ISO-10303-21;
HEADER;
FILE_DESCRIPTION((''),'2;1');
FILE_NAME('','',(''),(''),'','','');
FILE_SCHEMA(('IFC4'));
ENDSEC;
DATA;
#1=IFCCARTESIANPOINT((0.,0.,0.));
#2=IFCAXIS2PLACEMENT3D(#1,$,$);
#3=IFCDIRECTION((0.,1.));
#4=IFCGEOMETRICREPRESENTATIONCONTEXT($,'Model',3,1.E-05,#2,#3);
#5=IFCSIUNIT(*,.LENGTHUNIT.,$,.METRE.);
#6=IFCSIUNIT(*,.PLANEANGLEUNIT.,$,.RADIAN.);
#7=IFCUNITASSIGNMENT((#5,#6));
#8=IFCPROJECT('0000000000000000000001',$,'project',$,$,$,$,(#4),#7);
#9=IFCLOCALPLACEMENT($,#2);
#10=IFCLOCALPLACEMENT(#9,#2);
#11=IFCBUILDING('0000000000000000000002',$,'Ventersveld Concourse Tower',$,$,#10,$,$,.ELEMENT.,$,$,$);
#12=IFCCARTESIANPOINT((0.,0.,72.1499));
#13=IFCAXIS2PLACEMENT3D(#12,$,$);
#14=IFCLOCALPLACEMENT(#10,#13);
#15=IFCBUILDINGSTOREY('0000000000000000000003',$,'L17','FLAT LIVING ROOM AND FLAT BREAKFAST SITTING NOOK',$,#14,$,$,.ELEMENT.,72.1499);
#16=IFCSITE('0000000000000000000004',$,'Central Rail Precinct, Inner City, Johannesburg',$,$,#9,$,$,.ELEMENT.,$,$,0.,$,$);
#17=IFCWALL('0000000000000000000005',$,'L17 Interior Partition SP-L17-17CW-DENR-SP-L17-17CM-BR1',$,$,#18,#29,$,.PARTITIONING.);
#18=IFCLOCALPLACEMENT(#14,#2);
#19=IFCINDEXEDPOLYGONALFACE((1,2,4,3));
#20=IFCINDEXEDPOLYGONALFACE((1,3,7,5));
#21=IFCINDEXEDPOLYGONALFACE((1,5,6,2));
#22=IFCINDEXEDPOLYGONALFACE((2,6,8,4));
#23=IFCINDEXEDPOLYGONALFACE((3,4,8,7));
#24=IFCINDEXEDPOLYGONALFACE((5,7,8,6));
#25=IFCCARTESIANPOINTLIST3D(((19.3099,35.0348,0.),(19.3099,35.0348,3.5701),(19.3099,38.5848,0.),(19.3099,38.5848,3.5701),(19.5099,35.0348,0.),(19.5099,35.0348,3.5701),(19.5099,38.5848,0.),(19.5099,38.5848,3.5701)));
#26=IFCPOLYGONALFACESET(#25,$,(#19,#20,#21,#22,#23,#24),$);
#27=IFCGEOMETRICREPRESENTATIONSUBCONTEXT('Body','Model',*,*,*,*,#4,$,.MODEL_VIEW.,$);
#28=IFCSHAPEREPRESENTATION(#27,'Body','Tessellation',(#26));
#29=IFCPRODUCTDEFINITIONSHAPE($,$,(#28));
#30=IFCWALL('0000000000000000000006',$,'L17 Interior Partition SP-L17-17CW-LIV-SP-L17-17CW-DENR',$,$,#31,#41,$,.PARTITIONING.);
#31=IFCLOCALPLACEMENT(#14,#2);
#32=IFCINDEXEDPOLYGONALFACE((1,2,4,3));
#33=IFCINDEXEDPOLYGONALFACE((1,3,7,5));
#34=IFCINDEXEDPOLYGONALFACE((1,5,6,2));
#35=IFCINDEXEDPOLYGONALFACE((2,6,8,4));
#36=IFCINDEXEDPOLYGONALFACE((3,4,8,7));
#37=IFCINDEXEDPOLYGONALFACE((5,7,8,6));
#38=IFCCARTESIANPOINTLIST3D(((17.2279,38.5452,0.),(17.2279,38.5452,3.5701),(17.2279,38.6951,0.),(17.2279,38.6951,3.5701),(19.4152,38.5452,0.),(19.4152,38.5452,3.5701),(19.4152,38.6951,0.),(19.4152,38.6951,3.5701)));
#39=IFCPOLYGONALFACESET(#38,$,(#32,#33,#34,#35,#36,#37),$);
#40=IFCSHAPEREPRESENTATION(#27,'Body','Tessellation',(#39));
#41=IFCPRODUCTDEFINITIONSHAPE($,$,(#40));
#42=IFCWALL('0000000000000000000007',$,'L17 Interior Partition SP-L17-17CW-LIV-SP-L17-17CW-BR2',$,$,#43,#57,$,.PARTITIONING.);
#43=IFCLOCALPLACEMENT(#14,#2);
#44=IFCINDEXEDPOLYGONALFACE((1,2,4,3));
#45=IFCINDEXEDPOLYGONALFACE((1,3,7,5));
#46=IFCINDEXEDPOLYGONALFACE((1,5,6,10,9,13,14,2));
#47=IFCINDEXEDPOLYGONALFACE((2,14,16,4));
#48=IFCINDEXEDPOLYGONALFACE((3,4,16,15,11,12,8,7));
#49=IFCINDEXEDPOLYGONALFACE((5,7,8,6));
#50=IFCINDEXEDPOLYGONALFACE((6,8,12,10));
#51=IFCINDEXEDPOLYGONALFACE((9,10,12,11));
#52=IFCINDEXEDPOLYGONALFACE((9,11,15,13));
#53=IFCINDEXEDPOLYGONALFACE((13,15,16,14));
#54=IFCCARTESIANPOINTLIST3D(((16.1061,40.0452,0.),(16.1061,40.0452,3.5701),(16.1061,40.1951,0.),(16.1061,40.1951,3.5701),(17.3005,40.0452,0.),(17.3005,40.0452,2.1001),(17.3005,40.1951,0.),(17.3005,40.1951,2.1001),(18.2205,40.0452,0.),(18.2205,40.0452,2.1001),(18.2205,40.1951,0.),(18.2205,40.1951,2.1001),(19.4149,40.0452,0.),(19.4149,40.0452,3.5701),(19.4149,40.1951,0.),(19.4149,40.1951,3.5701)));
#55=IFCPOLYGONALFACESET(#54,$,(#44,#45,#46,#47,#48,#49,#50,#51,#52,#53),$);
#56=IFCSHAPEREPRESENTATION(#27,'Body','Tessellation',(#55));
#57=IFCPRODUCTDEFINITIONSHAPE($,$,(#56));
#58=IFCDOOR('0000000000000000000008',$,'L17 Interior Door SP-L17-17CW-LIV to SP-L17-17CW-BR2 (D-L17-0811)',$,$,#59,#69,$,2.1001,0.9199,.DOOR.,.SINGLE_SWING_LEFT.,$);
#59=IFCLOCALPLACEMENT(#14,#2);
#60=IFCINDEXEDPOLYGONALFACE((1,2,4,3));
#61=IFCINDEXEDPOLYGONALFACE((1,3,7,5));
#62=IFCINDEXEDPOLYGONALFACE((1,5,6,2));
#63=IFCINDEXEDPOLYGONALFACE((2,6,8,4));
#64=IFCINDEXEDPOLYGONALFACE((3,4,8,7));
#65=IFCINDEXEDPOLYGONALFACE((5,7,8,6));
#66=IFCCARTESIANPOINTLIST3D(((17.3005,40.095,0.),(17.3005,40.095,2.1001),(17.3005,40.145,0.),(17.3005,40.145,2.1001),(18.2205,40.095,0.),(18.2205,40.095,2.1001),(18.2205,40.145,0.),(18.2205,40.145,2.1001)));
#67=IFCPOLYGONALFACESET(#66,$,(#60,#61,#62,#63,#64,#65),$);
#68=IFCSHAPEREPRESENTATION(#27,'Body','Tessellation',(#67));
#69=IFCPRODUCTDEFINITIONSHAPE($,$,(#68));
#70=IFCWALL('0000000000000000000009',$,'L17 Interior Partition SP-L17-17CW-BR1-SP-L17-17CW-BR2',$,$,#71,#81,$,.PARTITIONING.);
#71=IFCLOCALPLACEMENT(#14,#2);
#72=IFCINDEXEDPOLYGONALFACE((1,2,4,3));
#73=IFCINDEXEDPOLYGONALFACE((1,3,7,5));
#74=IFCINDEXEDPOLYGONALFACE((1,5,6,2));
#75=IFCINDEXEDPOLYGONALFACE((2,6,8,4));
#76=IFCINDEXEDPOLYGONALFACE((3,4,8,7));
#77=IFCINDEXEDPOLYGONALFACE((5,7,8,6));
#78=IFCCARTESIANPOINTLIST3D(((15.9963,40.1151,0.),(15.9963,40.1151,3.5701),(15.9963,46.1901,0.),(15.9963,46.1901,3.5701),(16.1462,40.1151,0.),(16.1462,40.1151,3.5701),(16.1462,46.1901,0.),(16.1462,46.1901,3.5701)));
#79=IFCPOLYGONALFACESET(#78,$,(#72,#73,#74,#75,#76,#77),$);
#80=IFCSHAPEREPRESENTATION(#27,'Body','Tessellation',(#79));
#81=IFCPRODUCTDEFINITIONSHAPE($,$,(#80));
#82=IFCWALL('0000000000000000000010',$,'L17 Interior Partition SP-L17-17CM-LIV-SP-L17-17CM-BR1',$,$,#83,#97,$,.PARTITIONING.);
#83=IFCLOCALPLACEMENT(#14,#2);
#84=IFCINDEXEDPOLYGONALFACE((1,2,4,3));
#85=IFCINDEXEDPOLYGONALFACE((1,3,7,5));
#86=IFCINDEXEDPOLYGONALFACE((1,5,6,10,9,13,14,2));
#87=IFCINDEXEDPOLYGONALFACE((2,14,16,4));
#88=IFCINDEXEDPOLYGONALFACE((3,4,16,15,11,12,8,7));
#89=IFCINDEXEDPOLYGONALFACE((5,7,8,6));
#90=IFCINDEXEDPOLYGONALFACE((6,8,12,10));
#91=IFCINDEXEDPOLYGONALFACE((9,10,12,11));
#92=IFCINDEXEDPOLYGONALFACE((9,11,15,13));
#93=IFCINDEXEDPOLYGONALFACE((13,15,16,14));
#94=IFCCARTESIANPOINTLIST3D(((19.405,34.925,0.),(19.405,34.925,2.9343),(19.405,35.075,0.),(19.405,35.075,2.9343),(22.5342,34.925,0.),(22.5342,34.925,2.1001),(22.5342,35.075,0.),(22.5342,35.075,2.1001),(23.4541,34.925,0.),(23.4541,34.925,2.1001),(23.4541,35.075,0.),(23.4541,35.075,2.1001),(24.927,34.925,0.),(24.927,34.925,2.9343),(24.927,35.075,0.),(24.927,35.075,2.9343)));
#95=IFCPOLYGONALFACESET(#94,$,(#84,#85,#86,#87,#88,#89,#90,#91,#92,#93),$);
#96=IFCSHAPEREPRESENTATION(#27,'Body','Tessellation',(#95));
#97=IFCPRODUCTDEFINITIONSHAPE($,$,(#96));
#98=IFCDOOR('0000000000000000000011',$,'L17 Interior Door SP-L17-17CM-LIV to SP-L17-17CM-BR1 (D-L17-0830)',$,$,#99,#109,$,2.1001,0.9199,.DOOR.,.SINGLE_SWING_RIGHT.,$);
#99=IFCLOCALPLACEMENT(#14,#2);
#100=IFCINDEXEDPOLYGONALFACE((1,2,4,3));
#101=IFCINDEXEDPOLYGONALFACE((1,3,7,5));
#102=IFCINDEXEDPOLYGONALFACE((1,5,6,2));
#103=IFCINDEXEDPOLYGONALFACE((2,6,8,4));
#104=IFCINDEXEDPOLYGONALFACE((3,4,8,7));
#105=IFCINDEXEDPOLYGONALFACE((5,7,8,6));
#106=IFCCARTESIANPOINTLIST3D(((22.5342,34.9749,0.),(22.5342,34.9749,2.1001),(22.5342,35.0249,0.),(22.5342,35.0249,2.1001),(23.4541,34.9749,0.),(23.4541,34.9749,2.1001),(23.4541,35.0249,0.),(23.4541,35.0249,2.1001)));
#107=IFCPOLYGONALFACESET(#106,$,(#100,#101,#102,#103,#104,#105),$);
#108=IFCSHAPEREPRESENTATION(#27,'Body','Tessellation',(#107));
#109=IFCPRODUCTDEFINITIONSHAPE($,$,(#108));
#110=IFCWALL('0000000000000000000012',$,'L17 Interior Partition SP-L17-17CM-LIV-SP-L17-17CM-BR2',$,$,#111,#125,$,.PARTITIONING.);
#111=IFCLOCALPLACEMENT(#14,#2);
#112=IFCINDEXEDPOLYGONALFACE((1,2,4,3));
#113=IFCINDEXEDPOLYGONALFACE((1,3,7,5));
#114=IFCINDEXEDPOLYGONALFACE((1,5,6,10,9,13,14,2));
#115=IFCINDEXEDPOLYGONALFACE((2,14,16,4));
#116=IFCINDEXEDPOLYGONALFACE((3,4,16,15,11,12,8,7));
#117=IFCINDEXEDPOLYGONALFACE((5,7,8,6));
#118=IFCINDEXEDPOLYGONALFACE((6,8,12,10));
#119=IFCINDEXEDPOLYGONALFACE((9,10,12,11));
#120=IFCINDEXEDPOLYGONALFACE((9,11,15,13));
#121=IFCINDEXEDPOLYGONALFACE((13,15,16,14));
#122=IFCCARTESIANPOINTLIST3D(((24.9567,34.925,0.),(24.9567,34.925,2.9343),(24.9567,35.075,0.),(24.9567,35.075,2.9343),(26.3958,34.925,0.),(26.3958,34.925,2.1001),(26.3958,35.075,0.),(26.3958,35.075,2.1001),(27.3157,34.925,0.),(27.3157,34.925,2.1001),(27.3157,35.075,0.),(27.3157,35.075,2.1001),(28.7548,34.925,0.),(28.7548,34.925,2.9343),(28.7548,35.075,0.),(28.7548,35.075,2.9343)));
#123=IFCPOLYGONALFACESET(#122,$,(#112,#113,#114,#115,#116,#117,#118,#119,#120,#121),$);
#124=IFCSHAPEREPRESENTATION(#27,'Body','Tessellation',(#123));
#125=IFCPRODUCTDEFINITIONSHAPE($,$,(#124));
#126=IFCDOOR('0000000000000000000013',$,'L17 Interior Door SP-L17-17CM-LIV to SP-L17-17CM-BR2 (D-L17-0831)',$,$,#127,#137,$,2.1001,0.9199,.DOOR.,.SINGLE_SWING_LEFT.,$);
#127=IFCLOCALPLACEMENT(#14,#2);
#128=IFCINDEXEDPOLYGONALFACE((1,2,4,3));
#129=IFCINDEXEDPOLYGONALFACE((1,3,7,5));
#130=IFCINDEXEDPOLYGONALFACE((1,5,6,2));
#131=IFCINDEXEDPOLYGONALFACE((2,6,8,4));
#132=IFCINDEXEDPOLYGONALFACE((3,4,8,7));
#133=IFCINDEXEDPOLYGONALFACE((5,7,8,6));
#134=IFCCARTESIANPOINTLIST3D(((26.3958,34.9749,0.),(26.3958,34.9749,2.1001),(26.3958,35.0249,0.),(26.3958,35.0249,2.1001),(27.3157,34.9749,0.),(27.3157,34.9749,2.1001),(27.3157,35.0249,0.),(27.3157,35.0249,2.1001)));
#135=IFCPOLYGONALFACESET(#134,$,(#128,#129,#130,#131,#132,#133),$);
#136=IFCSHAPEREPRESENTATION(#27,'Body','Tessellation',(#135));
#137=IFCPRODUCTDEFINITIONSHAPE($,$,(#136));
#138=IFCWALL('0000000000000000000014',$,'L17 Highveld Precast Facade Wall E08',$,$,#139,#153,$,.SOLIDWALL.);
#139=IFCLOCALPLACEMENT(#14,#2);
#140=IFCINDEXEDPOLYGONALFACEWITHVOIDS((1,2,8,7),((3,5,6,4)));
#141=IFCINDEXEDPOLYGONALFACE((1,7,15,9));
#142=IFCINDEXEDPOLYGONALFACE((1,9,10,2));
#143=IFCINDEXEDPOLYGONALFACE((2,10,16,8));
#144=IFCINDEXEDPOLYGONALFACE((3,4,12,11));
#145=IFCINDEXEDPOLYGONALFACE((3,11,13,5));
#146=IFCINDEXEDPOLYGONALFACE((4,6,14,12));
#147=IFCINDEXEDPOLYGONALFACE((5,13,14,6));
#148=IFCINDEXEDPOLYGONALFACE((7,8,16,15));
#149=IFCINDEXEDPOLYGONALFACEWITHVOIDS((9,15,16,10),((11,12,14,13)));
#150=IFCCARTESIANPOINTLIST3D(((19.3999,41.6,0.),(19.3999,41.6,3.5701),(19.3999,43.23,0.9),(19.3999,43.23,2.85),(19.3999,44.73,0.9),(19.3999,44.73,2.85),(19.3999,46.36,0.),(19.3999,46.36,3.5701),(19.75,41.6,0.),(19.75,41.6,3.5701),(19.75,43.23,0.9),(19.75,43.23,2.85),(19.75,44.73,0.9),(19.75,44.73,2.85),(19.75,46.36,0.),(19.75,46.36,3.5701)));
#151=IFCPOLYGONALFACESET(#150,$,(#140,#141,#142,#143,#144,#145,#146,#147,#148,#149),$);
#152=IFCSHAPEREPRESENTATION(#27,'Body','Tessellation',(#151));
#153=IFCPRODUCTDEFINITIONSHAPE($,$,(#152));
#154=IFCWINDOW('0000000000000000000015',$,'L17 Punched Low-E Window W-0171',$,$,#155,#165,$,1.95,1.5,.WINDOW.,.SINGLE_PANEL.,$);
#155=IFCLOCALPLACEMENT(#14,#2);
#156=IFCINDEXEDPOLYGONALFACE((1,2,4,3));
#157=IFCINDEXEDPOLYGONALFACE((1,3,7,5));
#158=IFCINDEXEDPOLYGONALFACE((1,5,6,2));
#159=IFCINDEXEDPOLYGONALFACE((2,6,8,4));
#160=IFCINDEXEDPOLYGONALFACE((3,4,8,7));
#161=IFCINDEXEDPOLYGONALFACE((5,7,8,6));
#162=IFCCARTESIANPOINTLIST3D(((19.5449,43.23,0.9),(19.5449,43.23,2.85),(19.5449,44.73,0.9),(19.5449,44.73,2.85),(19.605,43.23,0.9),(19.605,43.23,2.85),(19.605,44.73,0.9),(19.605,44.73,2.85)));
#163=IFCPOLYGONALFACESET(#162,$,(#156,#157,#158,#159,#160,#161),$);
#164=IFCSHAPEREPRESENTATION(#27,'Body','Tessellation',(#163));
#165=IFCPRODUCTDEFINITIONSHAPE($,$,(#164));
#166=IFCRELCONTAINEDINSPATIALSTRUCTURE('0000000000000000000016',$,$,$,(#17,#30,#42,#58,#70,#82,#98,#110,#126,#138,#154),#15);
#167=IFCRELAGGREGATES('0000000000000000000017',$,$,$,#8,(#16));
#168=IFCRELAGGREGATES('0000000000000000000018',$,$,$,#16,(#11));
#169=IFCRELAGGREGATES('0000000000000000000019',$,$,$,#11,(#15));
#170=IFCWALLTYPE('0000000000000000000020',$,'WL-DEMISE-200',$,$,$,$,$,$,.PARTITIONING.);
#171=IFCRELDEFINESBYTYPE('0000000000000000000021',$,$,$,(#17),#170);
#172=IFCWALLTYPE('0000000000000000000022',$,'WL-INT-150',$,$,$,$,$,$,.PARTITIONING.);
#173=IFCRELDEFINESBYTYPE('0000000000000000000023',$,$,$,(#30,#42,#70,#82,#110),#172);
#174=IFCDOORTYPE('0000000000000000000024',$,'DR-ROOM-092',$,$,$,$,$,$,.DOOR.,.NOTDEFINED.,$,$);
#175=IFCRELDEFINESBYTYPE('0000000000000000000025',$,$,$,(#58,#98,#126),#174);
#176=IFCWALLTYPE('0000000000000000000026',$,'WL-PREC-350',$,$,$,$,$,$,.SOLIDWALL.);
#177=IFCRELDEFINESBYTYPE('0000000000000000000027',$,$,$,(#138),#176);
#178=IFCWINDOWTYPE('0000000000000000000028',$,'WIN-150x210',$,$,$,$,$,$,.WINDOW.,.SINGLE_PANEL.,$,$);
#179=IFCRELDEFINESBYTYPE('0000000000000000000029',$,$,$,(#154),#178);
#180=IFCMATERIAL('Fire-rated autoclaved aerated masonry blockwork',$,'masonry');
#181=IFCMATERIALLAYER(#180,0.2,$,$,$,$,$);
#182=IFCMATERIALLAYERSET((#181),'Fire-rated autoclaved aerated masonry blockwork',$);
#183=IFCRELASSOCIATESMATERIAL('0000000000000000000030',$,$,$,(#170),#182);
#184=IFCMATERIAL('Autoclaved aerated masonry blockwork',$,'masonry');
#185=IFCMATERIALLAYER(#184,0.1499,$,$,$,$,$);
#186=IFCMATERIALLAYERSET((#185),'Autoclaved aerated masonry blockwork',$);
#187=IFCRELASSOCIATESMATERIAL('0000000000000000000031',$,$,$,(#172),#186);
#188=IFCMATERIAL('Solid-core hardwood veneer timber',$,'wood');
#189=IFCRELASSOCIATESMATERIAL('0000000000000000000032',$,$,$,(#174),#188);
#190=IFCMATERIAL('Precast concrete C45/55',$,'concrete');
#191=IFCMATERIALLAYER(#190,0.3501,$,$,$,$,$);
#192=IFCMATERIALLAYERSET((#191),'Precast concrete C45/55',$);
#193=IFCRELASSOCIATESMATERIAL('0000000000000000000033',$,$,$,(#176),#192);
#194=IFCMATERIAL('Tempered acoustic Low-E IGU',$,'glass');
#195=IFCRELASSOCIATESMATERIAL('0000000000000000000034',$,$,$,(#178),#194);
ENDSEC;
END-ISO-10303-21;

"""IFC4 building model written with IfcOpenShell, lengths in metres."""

from ifc_helpers import new_model, si_unit, direction, frame, frame_2d, origin, place, context, subcontext, project, spatial, rectangle, extrude, material, layer, layer_set, type_object, element, fill, save


model = new_model("IFC4")

# Units and contexts
model_context = context("Model", 3, precision=1e-05, world=origin(), true_north=direction((0.0, 1.0)))
body_context = subcontext(model_context, "Body", "Model", "MODEL_VIEW")
ifc_project = project(units=[si_unit("LENGTHUNIT", "METRE"), si_unit("PLANEANGLEUNIT", "RADIAN")], contexts=[model_context])

# Site, building, storey
site_placement = place(None, origin())
site = spatial("IfcSite", under=ifc_project, at=site_placement, Name="Central Rail Precinct, Inner City, Johannesburg", CompositionType="ELEMENT", RefElevation=0.0)
building_placement = place(site_placement, origin())
building = spatial("IfcBuilding", under=site, at=building_placement, Name="Ventersveld Concourse Tower", CompositionType="ELEMENT")
storey_placement = place(building_placement, frame((0.0, 0.0, 72.1499)))
storey = spatial("IfcBuildingStorey", under=building, at=storey_placement, Name="L17", Description="FLAT LIVING ROOM AND FLAT BREAKFAST SITTING NOOK", CompositionType="ELEMENT", Elevation=72.1499)

# Walls
ifc_material_1 = material(Name="Fire-rated autoclaved aerated masonry blockwork", Category="masonry")
ifc_layer_1 = layer(ifc_material_1, 0.2)
ifc_layer_set_1 = layer_set([ifc_layer_1], Name="Fire-rated autoclaved aerated masonry blockwork")
wall_type_1 = type_object("IfcWallType", Name="WL-DEMISE-200", PredefinedType="PARTITIONING", material=ifc_layer_set_1)
wall_1_placement = place(storey_placement, frame((19.4099, 35.0349, 0.0), z_axis=(0.0, 0.0, 1.0), x_axis=(0.0, 1.0, 0.0)))
element("IfcWall", 1, at=wall_1_placement, inside=storey, type_object=wall_type_1, Name="L17 Interior Partition SP-L17-17CW-DENR-SP-L17-17CM-BR1", PredefinedType="PARTITIONING", context=body_context, shape_type="SweptSolid", body=[
    extrude(rectangle(XDim=3.55, YDim=0.2, at=frame_2d((1.7749, 0.0))), origin(), (0.0, 0.0, 1.0), 3.5701),
])
ifc_material_2 = material(Name="Autoclaved aerated masonry blockwork", Category="masonry")
ifc_layer_2 = layer(ifc_material_2, 0.1499)
ifc_layer_set_2 = layer_set([ifc_layer_2], Name="Autoclaved aerated masonry blockwork")
wall_type_2 = type_object("IfcWallType", Name="WL-INT-150", PredefinedType="PARTITIONING", material=ifc_layer_set_2)
wall_2_placement = place(storey_placement, frame((17.2278, 38.6201, 0.0), z_axis=(0.0, 0.0, 1.0), x_axis=(1.0, 0.0, 0.0)))
element("IfcWall", 2, at=wall_2_placement, inside=storey, type_object=wall_type_2, Name="L17 Interior Partition SP-L17-17CW-LIV-SP-L17-17CW-DENR", PredefinedType="PARTITIONING", context=body_context, shape_type="SweptSolid", body=[
    extrude(rectangle(XDim=2.1873, YDim=0.1499, at=frame_2d((1.0938, 0.0))), origin(), (0.0, 0.0, 1.0), 3.5701),
])

# Wall, opening, door
wall_3_placement = place(storey_placement, frame((16.1062, 40.1201, 0.0), z_axis=(0.0, 0.0, 1.0), x_axis=(1.0, 0.0, 0.0)))
wall_3 = element("IfcWall", 3, at=wall_3_placement, inside=storey, type_object=wall_type_2, Name="L17 Interior Partition SP-L17-17CW-LIV-SP-L17-17CW-BR2", PredefinedType="PARTITIONING", context=body_context, shape_type="SweptSolid", body=[
    extrude(rectangle(XDim=3.3088, YDim=0.1499, at=frame_2d((1.6543, 0.0))), origin(), (0.0, 0.0, 1.0), 3.5701),
])
opening_1_placement = place(wall_3_placement, frame((1.1943, 0.0, 0.0)))
opening_1 = element("IfcOpeningElement", 4, at=opening_1_placement, cuts=wall_3, PredefinedType="OPENING", context=body_context, shape_type="SweptSolid", body=[
    extrude(rectangle(XDim=0.9199, YDim=2.1001, at=frame_2d((0.46, 1.05))), frame((0.0, 0.085, 0.0), z_axis=(0.0, -1.0, 0.0), x_axis=(1.0, 0.0, 0.0)), (0.0, 0.0, 1.0), 0.1699),
])
ifc_material_3 = material(Name="Solid-core hardwood veneer timber", Category="wood")
door_type = type_object("IfcDoorType", Name="DR-ROOM-092", OperationType="NOTDEFINED", PredefinedType="DOOR", material=ifc_material_3)
door_1_placement = place(opening_1_placement, origin())
door_1 = element("IfcDoor", 5, at=door_1_placement, inside=storey, type_object=door_type, Name="L17 Interior Door SP-L17-17CW-LIV to SP-L17-17CW-BR2 (D-L17-0811)", OperationType="SINGLE_SWING_LEFT", OverallHeight=2.1001, OverallWidth=0.9199, PredefinedType="DOOR", context=body_context, shape_type="SweptSolid", body=[
    extrude(rectangle(XDim=0.9199, YDim=2.1001, at=frame_2d((0.46, 1.05))), frame((0.0, 0.0249, 0.0), z_axis=(0.0, -1.0, 0.0), x_axis=(1.0, 0.0, 0.0)), (0.0, 0.0, 1.0), 0.05),
])
fill(opening_1, door_1)

# Wall
wall_4_placement = place(storey_placement, frame((16.0713, 40.115, 0.0), z_axis=(0.0, 0.0, 1.0), x_axis=(0.0, 1.0, 0.0)))
element("IfcWall", 6, at=wall_4_placement, inside=storey, type_object=wall_type_2, Name="L17 Interior Partition SP-L17-17CW-BR1-SP-L17-17CW-BR2", PredefinedType="PARTITIONING", context=body_context, shape_type="SweptSolid", body=[
    extrude(rectangle(XDim=6.075, YDim=0.1499, at=frame_2d((3.0376, 0.0))), origin(), (0.0, 0.0, 1.0), 3.5701),
])

# Walls, openings, doors
wall_5_placement = place(storey_placement, frame((19.405, 35.0, 0.0), z_axis=(0.0, 0.0, 1.0), x_axis=(1.0, 0.0, 0.0)))
wall_5 = element("IfcWall", 7, at=wall_5_placement, inside=storey, type_object=wall_type_2, Name="L17 Interior Partition SP-L17-17CM-LIV-SP-L17-17CM-BR1", PredefinedType="PARTITIONING", context=body_context, shape_type="SweptSolid", body=[
    extrude(rectangle(XDim=5.522, YDim=0.1499, at=frame_2d((2.761, 0.0))), origin(), (0.0, 0.0, 1.0), 2.9343),
])
opening_2_placement = place(wall_5_placement, frame((3.1292, 0.0, 0.0)))
opening_2 = element("IfcOpeningElement", 8, at=opening_2_placement, cuts=wall_5, PredefinedType="OPENING", context=body_context, shape_type="SweptSolid", body=[
    extrude(rectangle(XDim=0.9199, YDim=2.1001, at=frame_2d((0.46, 1.05))), frame((0.0, 0.085, 0.0), z_axis=(0.0, -1.0, 0.0), x_axis=(1.0, 0.0, 0.0)), (0.0, 0.0, 1.0), 0.1699),
])
door_2_placement = place(opening_2_placement, origin())
door_2 = element("IfcDoor", 9, at=door_2_placement, inside=storey, type_object=door_type, Name="L17 Interior Door SP-L17-17CM-LIV to SP-L17-17CM-BR1 (D-L17-0830)", OperationType="SINGLE_SWING_RIGHT", OverallHeight=2.1001, OverallWidth=0.9199, PredefinedType="DOOR", context=body_context, shape_type="SweptSolid", body=[
    extrude(rectangle(XDim=0.9199, YDim=2.1001, at=frame_2d((0.46, 1.05))), frame((0.0, 0.0249, 0.0), z_axis=(0.0, -1.0, 0.0), x_axis=(1.0, 0.0, 0.0)), (0.0, 0.0, 1.0), 0.05),
])
fill(opening_2, door_2)
wall_6_placement = place(storey_placement, frame((24.9568, 35.0, 0.0), z_axis=(0.0, 0.0, 1.0), x_axis=(1.0, 0.0, 0.0)))
wall_6 = element("IfcWall", 10, at=wall_6_placement, inside=storey, type_object=wall_type_2, Name="L17 Interior Partition SP-L17-17CM-LIV-SP-L17-17CM-BR2", PredefinedType="PARTITIONING", context=body_context, shape_type="SweptSolid", body=[
    extrude(rectangle(XDim=3.7981, YDim=0.1499, at=frame_2d((1.8989, 0.0))), origin(), (0.0, 0.0, 1.0), 2.9343),
])
opening_3_placement = place(wall_6_placement, frame((1.439, 0.0, 0.0)))
opening_3 = element("IfcOpeningElement", 11, at=opening_3_placement, cuts=wall_6, PredefinedType="OPENING", context=body_context, shape_type="SweptSolid", body=[
    extrude(rectangle(XDim=0.9199, YDim=2.1001, at=frame_2d((0.46, 1.05))), frame((0.0, 0.085, 0.0), z_axis=(0.0, -1.0, 0.0), x_axis=(1.0, 0.0, 0.0)), (0.0, 0.0, 1.0), 0.1699),
])
door_3_placement = place(opening_3_placement, origin())
door_3 = element("IfcDoor", 12, at=door_3_placement, inside=storey, type_object=door_type, Name="L17 Interior Door SP-L17-17CM-LIV to SP-L17-17CM-BR2 (D-L17-0831)", OperationType="SINGLE_SWING_LEFT", OverallHeight=2.1001, OverallWidth=0.9199, PredefinedType="DOOR", context=body_context, shape_type="SweptSolid", body=[
    extrude(rectangle(XDim=0.9199, YDim=2.1001, at=frame_2d((0.46, 1.05))), frame((0.0, 0.0249, 0.0), z_axis=(0.0, -1.0, 0.0), x_axis=(1.0, 0.0, 0.0)), (0.0, 0.0, 1.0), 0.05),
])
fill(opening_3, door_3)

# Wall, opening, window
ifc_material_4 = material(Name="Precast concrete C45/55", Category="concrete")
ifc_layer_3 = layer(ifc_material_4, 0.3501)
ifc_layer_set_3 = layer_set([ifc_layer_3], Name="Precast concrete C45/55")
wall_type_3 = type_object("IfcWallType", Name="WL-PREC-350", PredefinedType="SOLIDWALL", material=ifc_layer_set_3)
wall_7_placement = place(storey_placement, frame((19.575, 41.6001, 0.0), z_axis=(0.0, 0.0, 1.0), x_axis=(0.0, 1.0, 0.0)))
wall_7 = element("IfcWall", 13, at=wall_7_placement, inside=storey, type_object=wall_type_3, Name="L17 Highveld Precast Facade Wall E08", PredefinedType="SOLIDWALL", context=body_context, shape_type="SweptSolid", body=[
    extrude(rectangle(XDim=4.76, YDim=0.3501, at=frame_2d((2.3799, 0.0))), origin(), (0.0, 0.0, 1.0), 3.5701),
])
opening_4_placement = place(wall_7_placement, frame((1.6299, 0.0, 0.8999)))
opening_4 = element("IfcOpeningElement", 14, at=opening_4_placement, cuts=wall_7, PredefinedType="OPENING", context=body_context, shape_type="SweptSolid", body=[
    extrude(rectangle(XDim=1.5, YDim=1.95, at=frame_2d((0.75, 0.9751))), frame((0.0, 0.1851, 0.0), z_axis=(0.0, -1.0, 0.0), x_axis=(1.0, 0.0, 0.0)), (0.0, 0.0, 1.0), 0.3701),
])
ifc_material_5 = material(Name="Tempered acoustic Low-E IGU", Category="glass")
window_type = type_object("IfcWindowType", Name="WIN-150x210", PartitioningType="SINGLE_PANEL", PredefinedType="WINDOW", material=ifc_material_5)
window_1_placement = place(opening_4_placement, origin())
window_1 = element("IfcWindow", 15, at=window_1_placement, inside=storey, type_object=window_type, Name="L17 Punched Low-E Window W-0171", OverallHeight=1.95, OverallWidth=1.5, PartitioningType="SINGLE_PANEL", PredefinedType="WINDOW", context=body_context, shape_type="SweptSolid", body=[
    extrude(rectangle(XDim=1.5, YDim=1.95, at=frame_2d((0.75, 0.9751))), frame((0.0, 0.03, 0.0), z_axis=(0.0, -1.0, 0.0), x_axis=(1.0, 0.0, 0.0)), (0.0, 0.0, 1.0), 0.0601),
])
fill(opening_4, window_1)

save(model, "model.ifc")
